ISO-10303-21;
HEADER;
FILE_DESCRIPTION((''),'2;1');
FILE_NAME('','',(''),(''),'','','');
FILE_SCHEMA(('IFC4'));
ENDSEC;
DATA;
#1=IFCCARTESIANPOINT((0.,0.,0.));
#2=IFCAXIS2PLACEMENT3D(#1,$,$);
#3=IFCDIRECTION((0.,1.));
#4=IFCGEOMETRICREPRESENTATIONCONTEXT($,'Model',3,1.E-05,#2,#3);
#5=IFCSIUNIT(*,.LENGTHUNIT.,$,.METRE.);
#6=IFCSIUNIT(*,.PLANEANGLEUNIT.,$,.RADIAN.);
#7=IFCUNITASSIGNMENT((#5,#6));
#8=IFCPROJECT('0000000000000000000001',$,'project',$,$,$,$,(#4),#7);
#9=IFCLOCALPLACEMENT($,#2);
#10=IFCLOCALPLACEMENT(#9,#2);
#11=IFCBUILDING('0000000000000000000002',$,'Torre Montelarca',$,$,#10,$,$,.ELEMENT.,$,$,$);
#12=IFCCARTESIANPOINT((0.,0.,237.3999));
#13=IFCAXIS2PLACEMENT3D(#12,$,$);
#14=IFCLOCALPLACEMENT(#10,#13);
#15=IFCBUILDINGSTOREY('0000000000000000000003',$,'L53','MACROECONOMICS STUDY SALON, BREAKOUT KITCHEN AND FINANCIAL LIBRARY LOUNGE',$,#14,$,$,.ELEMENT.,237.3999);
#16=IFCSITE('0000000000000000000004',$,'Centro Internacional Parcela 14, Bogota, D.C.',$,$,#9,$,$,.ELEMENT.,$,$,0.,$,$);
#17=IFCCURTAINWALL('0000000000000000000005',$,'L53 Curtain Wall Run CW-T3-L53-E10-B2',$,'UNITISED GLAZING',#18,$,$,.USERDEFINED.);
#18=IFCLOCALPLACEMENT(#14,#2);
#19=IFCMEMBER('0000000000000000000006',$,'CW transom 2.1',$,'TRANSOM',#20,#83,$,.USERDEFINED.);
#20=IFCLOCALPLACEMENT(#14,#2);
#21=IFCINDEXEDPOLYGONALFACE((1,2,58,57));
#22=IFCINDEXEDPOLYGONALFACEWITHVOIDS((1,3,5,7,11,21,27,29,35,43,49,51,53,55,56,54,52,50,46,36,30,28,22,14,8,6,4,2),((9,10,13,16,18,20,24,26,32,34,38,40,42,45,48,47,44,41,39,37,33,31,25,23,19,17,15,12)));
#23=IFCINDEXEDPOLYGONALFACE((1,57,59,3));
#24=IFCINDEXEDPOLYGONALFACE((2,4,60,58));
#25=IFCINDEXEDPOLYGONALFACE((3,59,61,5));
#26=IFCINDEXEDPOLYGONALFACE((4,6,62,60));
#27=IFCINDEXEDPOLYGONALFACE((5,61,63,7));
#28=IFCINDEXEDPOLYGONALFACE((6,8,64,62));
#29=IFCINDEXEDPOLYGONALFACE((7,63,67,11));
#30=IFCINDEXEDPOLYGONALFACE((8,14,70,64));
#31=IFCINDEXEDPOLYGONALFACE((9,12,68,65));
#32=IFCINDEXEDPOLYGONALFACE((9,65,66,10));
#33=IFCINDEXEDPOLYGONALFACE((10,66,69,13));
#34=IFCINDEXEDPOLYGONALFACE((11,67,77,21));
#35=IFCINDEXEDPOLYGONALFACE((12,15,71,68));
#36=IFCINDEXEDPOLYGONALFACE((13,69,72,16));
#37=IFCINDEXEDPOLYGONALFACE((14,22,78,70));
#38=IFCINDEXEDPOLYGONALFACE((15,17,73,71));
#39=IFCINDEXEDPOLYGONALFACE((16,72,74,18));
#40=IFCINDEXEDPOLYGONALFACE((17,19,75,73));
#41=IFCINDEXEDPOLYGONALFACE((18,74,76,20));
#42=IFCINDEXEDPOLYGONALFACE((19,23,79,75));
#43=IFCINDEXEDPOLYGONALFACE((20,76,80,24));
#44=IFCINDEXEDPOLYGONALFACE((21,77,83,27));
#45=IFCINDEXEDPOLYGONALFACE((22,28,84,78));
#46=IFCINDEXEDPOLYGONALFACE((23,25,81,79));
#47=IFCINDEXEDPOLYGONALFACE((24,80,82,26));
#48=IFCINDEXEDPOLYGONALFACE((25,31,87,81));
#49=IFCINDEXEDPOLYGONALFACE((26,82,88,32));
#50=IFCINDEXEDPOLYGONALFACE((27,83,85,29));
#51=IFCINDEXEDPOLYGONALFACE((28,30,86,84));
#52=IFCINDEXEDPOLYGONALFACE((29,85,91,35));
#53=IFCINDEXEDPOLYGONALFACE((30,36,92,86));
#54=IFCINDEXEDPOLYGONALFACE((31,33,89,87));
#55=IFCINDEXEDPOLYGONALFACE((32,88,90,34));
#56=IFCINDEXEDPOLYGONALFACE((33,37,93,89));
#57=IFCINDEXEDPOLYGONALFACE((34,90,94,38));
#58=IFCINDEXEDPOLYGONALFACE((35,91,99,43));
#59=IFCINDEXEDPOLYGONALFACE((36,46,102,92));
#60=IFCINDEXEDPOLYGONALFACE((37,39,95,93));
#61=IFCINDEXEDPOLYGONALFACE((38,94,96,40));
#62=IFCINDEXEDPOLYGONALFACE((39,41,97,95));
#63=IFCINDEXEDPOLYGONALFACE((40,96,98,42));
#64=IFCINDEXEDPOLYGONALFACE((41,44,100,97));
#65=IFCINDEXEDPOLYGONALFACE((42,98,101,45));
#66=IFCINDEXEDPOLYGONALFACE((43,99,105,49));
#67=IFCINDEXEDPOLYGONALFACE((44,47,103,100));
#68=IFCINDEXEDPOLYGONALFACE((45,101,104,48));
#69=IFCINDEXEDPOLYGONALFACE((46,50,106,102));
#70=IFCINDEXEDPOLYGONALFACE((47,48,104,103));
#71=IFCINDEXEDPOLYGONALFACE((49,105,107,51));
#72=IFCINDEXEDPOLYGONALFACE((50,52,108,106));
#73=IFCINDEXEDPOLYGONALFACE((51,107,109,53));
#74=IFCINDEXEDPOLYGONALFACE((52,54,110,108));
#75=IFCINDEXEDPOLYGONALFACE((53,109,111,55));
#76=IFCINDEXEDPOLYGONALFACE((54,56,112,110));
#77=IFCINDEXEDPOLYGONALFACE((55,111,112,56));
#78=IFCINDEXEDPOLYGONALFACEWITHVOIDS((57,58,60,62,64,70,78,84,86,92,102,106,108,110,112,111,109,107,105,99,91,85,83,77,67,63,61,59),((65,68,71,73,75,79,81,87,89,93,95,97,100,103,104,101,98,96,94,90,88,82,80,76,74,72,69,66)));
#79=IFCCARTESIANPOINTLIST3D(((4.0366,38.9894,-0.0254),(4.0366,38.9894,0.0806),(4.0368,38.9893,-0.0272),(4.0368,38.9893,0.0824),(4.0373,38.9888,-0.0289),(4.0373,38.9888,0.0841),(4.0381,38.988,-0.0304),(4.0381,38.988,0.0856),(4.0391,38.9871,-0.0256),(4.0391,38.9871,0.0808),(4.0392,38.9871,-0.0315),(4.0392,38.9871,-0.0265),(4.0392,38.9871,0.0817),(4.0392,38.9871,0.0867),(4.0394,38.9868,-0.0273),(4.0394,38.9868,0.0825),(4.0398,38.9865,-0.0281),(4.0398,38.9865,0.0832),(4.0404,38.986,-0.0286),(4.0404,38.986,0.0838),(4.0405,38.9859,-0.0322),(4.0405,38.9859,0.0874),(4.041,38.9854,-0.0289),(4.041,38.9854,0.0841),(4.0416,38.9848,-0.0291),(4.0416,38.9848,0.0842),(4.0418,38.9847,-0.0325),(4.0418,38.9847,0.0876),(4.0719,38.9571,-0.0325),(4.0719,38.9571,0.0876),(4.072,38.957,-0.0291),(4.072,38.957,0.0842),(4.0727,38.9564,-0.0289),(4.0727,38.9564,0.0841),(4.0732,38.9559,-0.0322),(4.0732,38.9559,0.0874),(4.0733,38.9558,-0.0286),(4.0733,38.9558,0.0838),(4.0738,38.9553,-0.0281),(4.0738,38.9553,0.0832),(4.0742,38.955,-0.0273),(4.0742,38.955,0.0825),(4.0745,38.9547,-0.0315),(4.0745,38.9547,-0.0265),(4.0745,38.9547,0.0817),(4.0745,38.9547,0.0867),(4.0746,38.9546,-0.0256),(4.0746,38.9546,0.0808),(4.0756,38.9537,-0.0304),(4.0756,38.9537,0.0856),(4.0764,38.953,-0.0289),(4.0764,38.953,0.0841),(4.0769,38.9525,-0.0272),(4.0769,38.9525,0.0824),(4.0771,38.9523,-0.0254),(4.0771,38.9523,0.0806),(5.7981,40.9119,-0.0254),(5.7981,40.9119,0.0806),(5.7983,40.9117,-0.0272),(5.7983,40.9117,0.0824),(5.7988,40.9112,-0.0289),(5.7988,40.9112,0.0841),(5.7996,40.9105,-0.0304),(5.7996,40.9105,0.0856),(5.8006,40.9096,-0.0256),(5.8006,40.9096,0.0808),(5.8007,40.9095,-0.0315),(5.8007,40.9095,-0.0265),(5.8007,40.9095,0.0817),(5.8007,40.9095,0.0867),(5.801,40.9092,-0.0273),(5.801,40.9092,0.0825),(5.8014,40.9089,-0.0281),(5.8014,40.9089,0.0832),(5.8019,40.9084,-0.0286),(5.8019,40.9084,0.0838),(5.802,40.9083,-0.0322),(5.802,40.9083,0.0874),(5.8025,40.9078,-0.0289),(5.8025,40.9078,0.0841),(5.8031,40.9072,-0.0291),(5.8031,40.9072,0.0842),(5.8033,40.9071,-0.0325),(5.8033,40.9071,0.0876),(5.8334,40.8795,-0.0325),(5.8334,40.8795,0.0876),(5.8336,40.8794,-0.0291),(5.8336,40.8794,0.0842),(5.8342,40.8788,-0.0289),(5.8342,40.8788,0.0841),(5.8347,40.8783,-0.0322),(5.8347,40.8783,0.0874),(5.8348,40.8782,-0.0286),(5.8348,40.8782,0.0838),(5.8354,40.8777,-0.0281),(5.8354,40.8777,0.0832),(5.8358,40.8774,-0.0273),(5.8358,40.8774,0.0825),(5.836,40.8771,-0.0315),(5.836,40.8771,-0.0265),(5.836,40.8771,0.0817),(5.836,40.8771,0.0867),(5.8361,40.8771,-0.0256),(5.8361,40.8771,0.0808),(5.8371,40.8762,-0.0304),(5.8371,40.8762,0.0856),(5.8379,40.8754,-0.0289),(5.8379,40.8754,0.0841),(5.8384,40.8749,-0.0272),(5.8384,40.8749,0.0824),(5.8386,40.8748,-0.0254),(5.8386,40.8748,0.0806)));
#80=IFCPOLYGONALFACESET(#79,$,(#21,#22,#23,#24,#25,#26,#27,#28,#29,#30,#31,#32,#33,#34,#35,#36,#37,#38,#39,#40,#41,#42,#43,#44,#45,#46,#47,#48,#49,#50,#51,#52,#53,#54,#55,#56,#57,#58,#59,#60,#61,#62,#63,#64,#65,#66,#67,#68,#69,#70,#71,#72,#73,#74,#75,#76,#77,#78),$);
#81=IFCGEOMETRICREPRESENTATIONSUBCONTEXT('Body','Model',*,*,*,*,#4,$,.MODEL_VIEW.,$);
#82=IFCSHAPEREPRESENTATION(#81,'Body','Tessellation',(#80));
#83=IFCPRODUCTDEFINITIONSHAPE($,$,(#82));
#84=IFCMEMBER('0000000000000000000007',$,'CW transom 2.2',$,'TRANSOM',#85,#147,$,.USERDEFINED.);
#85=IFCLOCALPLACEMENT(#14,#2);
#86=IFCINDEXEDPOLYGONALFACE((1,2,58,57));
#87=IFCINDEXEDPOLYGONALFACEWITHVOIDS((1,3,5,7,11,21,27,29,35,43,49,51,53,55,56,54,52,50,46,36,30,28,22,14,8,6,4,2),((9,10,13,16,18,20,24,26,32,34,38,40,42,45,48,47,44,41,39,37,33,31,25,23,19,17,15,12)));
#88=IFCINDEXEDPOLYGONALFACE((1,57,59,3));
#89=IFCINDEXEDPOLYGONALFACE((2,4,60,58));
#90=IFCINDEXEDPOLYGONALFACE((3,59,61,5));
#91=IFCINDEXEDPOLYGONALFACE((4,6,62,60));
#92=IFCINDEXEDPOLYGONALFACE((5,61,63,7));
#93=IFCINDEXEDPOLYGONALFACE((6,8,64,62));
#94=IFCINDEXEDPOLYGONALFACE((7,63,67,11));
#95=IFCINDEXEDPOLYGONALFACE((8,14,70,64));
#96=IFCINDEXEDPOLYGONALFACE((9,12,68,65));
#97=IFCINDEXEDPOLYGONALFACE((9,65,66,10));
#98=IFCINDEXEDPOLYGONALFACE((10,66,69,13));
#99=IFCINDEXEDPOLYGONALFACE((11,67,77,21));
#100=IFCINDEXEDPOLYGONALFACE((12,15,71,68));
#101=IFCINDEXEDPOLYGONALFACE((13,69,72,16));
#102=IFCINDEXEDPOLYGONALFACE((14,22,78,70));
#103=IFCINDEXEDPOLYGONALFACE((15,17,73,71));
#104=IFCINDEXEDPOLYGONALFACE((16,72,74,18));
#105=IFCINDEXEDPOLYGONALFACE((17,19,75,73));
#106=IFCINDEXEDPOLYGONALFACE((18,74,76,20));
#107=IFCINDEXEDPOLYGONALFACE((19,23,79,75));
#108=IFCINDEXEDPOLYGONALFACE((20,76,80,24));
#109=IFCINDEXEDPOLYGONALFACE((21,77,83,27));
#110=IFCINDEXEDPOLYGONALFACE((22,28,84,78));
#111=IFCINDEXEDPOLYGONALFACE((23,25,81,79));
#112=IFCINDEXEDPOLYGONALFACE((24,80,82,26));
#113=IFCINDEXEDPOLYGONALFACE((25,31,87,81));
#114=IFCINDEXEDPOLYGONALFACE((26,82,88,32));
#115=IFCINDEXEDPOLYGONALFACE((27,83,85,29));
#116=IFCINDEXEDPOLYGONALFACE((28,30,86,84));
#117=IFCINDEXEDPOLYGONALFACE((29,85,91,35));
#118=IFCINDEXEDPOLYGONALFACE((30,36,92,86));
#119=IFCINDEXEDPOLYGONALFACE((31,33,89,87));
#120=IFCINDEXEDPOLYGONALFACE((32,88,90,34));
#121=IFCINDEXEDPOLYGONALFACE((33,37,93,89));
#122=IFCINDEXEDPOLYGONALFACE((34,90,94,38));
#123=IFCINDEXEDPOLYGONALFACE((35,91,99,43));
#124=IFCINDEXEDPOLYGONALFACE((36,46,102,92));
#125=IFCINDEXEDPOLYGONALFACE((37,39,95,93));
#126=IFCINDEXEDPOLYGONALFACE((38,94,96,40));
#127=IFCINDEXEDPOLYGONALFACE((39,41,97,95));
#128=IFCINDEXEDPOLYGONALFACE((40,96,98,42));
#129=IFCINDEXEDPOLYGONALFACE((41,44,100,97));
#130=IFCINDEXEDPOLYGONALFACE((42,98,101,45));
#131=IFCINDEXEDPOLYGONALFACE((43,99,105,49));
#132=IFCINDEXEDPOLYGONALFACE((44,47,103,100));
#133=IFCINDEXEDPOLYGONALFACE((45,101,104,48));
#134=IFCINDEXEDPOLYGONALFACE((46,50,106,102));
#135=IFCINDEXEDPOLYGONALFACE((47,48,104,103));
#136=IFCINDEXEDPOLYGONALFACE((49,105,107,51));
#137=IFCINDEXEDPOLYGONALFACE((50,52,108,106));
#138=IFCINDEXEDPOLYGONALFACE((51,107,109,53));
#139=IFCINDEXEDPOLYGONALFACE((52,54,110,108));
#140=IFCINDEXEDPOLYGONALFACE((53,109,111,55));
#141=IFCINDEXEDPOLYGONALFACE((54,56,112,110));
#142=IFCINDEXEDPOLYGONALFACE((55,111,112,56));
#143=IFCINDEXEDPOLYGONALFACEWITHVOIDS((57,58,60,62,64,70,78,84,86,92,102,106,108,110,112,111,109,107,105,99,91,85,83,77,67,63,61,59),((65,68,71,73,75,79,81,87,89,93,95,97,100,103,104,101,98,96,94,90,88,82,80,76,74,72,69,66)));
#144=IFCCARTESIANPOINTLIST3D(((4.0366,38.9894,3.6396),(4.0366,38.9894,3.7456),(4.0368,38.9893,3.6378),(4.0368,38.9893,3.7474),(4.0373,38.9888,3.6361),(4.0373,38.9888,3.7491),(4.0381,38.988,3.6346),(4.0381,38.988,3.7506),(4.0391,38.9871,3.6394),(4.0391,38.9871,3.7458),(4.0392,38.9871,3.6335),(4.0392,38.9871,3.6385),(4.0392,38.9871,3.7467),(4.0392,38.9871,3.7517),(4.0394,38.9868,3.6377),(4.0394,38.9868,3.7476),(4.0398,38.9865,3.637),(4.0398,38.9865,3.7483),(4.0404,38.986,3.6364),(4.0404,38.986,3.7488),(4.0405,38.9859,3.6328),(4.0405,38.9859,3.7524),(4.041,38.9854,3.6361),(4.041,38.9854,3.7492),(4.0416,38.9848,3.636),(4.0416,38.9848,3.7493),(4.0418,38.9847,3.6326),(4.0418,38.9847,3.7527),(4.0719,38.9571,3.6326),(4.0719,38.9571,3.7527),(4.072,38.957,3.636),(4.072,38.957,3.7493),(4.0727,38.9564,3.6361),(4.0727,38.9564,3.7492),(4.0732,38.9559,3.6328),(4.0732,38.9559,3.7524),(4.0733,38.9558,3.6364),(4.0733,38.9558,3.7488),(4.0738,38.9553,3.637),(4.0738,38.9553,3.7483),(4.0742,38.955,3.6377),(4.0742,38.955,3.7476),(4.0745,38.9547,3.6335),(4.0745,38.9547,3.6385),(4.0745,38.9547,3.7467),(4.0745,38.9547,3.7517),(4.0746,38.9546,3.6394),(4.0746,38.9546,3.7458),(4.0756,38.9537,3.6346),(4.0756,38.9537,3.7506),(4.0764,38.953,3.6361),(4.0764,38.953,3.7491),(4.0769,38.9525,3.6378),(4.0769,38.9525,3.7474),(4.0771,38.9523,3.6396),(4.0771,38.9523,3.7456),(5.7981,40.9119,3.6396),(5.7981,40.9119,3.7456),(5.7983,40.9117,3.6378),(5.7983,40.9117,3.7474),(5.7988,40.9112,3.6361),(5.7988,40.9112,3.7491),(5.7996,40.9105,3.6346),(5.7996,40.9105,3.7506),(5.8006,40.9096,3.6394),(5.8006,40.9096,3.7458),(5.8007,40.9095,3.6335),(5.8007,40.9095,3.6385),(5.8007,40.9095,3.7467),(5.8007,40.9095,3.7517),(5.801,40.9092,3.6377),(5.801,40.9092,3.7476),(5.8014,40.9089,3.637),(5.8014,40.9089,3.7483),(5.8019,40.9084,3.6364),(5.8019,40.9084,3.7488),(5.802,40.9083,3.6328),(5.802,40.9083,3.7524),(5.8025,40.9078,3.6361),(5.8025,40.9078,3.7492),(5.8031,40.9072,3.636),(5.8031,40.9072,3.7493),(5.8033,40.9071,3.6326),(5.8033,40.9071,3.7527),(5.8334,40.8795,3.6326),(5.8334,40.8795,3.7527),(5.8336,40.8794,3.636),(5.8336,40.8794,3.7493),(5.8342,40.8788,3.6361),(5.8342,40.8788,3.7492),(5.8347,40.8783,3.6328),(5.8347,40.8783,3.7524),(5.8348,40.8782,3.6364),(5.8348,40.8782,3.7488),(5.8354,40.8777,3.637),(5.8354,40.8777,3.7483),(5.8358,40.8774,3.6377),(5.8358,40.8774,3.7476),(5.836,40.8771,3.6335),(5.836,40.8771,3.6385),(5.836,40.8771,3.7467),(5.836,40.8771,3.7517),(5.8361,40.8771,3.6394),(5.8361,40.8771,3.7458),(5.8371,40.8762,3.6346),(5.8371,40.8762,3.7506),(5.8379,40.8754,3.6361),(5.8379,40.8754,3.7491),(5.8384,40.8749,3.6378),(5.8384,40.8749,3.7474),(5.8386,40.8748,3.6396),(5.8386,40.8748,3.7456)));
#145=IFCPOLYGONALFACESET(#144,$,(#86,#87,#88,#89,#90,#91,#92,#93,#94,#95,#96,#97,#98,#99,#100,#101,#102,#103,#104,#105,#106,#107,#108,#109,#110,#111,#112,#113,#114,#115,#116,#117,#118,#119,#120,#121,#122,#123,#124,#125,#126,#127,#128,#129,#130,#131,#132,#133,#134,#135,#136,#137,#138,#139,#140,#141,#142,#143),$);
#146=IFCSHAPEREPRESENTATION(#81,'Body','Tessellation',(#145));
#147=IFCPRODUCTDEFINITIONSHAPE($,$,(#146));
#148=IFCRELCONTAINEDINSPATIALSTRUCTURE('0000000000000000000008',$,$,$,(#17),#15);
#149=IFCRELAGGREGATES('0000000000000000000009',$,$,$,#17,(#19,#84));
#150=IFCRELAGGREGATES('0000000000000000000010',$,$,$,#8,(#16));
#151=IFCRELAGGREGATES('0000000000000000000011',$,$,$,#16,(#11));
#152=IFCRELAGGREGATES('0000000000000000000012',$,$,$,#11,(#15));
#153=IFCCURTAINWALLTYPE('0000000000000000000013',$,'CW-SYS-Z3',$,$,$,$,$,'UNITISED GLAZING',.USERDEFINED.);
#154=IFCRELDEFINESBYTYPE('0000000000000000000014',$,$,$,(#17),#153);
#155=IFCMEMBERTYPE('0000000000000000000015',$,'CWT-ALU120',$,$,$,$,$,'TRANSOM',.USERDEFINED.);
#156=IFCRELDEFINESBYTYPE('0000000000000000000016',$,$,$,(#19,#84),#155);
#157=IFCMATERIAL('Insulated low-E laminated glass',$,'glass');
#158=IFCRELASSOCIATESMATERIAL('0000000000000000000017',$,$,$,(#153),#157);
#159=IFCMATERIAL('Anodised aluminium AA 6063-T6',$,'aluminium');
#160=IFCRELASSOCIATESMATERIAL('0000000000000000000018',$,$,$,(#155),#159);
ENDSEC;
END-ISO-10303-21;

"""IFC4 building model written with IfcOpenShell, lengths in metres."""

from ifc_helpers import new_model, si_unit, direction, frame, origin, origin_2d, place, context, subcontext, project, spatial, hollow_rectangle, extrude, source, transform, mapped, material, material_profile, profile_set, type_object, element, aggregate, save


model = new_model("IFC4")

# Units and contexts
model_context = context("Model", 3, precision=1e-05, world=origin(), true_north=direction((0.0, 1.0)))
body_context = subcontext(model_context, "Body", "Model", "MODEL_VIEW")
ifc_project = project(units=[si_unit("LENGTHUNIT", "METRE"), si_unit("PLANEANGLEUNIT", "RADIAN")], contexts=[model_context])

# Site, building, storey
site_placement = place(None, origin())
site = spatial("IfcSite", under=ifc_project, at=site_placement, Name="Centro Internacional Parcela 14, Bogota, D.C.", CompositionType="ELEMENT", RefElevation=0.0)
building_placement = place(site_placement, origin())
building = spatial("IfcBuilding", under=site, at=building_placement, Name="Torre Montelarca", CompositionType="ELEMENT")
storey_placement = place(building_placement, frame((0.0, 0.0, 237.3999)))
storey = spatial("IfcBuildingStorey", under=building, at=storey_placement, Name="L53", Description="MACROECONOMICS STUDY SALON, BREAKOUT KITCHEN AND FINANCIAL LIBRARY LOUNGE", CompositionType="ELEMENT", Elevation=237.3999)

# Curtain wall, members
ifc_material_1 = material(Name="Insulated low-E laminated glass", Category="glass")
curtain_wall_type = type_object("IfcCurtainWallType", Name="CW-SYS-Z3", ElementType="UNITISED GLAZING", PredefinedType="USERDEFINED", material=ifc_material_1)
ifc_material_2 = material(Name="Anodised aluminium AA 6063-T6", Category="aluminium")
ifc_material_profile_1 = material_profile(ifc_material_2, hollow_rectangle(XDim=0.0549, YDim=0.1201, WallThickness=0.0034, InnerFilletRadius=0.0034, OuterFilletRadius=0.0071, at=origin_2d()), Name="ALU55X120X3.5", Category="aluminium")
ifc_profile_set_1 = profile_set([ifc_material_profile_1], Name="Anodised aluminium AA 6063-T6")
member_type_1 = type_object("IfcMemberType", Name="CWT-ALU120", ElementType="TRANSOM", PredefinedType="USERDEFINED", material=ifc_profile_set_1)
shared_shape_1 = source(origin(), body_context, "Body", "SweptSolid", [
    extrude(hollow_rectangle(XDim=0.0549, YDim=0.1201, WallThickness=0.0034, InnerFilletRadius=0.0034, OuterFilletRadius=0.0071, at=origin_2d()), origin(), (0.0, 0.0, 1.0), 2.6074),
])
curtain_wall_1_placement = place(storey_placement, origin())
curtain_wall_1 = element("IfcCurtainWall", 1, at=curtain_wall_1_placement, inside=storey, type_object=curtain_wall_type, Name="L53 Curtain Wall Run CW-T3-L53-E10-B2", ObjectType="UNITISED GLAZING", PredefinedType="USERDEFINED")
member_1_placement = place(storey_placement, frame((5.8184, 40.8933, 0.0276), z_axis=(-0.67558, -0.737286, 0.0), x_axis=(0.737286, -0.67558, 0.0)))
member_1 = element("IfcMember", 2, at=member_1_placement, type_object=member_type_1, Name="CW transom 2.1", ObjectType="TRANSOM", PredefinedType="USERDEFINED", context=body_context, shape_type="MappedRepresentation", body=[
    mapped(shared_shape_1, transform((0.0, 0.0, 0.0), scale=1.0)),
])
member_2_placement = place(storey_placement, frame((5.8184, 40.8933, 3.6926), z_axis=(-0.67558, -0.737286, 0.0), x_axis=(0.737286, -0.67558, 0.0)))
member_2 = element("IfcMember", 3, at=member_2_placement, type_object=member_type_1, Name="CW transom 2.2", ObjectType="TRANSOM", PredefinedType="USERDEFINED", context=body_context, shape_type="MappedRepresentation", body=[
    mapped(shared_shape_1, transform((0.0, 0.0, 0.0), scale=1.0)),
])

aggregate(curtain_wall_1, [member_1, member_2])

save(model, "model.ifc")
